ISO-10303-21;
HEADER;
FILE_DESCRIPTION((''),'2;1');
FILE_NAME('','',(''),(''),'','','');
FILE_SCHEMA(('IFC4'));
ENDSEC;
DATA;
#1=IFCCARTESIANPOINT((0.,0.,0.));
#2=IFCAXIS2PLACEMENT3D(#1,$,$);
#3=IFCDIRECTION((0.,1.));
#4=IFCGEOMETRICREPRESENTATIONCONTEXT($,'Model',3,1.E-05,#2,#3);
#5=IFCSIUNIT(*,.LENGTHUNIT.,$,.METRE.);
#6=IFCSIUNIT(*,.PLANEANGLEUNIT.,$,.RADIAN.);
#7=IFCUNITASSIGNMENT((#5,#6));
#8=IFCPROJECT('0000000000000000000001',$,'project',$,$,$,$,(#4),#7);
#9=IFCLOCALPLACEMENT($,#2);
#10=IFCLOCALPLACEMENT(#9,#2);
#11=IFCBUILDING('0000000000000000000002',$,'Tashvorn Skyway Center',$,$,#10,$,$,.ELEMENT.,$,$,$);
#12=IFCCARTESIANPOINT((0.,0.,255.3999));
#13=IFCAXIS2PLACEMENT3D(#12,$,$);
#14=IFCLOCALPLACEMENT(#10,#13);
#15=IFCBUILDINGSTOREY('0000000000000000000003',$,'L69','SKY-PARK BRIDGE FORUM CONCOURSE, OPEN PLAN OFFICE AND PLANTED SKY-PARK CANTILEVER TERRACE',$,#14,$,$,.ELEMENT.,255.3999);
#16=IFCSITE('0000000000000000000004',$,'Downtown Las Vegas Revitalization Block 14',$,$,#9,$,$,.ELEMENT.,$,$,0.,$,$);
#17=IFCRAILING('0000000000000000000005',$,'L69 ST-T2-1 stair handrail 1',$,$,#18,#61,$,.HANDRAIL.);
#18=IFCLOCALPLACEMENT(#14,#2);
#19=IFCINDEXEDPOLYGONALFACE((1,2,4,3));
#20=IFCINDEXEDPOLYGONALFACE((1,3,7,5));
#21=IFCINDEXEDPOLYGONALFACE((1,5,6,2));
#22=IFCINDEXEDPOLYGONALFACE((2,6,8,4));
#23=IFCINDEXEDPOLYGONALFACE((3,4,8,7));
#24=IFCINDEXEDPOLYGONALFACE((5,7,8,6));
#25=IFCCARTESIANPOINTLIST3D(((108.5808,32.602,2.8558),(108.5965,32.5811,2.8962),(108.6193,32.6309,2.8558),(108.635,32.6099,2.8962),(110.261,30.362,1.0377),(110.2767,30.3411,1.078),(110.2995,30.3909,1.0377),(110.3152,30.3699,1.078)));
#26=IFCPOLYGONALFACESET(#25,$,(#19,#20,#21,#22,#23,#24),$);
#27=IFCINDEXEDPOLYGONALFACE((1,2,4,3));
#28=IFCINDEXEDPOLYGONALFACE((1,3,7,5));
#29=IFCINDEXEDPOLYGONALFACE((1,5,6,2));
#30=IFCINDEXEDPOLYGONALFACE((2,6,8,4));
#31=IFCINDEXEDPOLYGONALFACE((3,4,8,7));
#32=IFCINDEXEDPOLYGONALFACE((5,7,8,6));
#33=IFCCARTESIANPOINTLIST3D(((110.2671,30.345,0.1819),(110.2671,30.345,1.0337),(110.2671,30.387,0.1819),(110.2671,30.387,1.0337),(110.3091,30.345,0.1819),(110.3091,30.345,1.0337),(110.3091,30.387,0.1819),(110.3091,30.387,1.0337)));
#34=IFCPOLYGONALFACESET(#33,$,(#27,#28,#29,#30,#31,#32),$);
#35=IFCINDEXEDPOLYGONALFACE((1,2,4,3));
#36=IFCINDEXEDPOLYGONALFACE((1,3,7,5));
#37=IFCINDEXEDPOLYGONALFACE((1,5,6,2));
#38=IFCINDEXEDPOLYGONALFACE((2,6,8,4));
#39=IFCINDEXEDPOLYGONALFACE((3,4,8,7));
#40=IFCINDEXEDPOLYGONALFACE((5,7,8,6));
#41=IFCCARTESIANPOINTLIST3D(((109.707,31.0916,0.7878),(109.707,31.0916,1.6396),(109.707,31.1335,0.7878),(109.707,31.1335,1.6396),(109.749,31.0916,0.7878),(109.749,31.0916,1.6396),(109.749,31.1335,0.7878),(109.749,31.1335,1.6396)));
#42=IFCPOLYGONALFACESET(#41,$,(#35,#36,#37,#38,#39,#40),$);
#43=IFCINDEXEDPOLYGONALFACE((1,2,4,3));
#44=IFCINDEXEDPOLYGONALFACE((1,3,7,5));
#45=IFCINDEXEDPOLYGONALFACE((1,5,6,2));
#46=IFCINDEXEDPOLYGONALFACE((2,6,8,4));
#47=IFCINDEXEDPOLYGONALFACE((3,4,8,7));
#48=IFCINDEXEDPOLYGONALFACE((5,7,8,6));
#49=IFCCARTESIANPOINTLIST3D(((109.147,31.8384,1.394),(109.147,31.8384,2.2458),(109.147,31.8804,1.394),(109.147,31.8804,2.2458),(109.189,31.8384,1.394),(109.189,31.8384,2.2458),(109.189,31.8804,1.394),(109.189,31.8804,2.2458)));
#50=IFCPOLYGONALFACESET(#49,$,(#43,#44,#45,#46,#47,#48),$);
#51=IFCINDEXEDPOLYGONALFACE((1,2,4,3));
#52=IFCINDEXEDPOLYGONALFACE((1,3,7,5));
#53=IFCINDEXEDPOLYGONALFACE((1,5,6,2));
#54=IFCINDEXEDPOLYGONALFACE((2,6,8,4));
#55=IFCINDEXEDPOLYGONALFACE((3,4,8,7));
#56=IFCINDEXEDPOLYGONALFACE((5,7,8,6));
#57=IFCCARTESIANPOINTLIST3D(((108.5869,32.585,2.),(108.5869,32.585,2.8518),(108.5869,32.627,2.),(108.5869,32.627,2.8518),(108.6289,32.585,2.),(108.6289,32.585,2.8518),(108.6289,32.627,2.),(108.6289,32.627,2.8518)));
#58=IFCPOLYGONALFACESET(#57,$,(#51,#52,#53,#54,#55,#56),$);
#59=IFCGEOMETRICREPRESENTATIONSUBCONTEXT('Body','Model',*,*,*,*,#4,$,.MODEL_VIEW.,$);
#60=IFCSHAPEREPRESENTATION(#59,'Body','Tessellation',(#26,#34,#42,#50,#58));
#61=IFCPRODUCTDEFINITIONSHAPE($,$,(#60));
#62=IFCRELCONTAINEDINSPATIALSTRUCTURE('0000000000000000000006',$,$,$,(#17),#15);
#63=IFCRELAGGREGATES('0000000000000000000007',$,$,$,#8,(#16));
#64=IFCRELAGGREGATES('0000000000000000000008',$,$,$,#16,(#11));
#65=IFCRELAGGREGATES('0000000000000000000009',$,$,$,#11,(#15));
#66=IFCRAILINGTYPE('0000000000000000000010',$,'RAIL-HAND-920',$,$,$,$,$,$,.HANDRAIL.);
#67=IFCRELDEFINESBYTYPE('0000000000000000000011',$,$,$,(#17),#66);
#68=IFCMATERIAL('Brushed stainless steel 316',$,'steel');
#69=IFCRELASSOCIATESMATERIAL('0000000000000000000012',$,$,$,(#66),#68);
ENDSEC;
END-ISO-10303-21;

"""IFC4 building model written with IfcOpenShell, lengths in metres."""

from ifc_helpers import new_model, si_unit, direction, frame, origin, origin_2d, place, context, subcontext, project, spatial, rectangle, extrude, material, type_object, element, save


model = new_model("IFC4")

# Units and contexts
model_context = context("Model", 3, precision=1e-05, world=origin(), true_north=direction((0.0, 1.0)))
body_context = subcontext(model_context, "Body", "Model", "MODEL_VIEW")
ifc_project = project(units=[si_unit("LENGTHUNIT", "METRE"), si_unit("PLANEANGLEUNIT", "RADIAN")], contexts=[model_context])

# Site, building, storey
site_placement = place(None, origin())
site = spatial("IfcSite", under=ifc_project, at=site_placement, Name="Downtown Las Vegas Revitalization Block 14", CompositionType="ELEMENT", RefElevation=0.0)
building_placement = place(site_placement, origin())
building = spatial("IfcBuilding", under=site, at=building_placement, Name="Tashvorn Skyway Center", CompositionType="ELEMENT")
storey_placement = place(building_placement, frame((0.0, 0.0, 255.3999)))
storey = spatial("IfcBuildingStorey", under=building, at=storey_placement, Name="L69", Description="SKY-PARK BRIDGE FORUM CONCOURSE, OPEN PLAN OFFICE AND PLANTED SKY-PARK CANTILEVER TERRACE", CompositionType="ELEMENT", Elevation=255.3999)

# Railing
ifc_material_1 = material(Name="Brushed stainless steel 316", Category="steel")
railing_type = type_object("IfcRailingType", Name="RAIL-HAND-920", PredefinedType="HANDRAIL", material=ifc_material_1)
railing_placement = place(storey_placement, frame((110.2881, 30.366, 0.1819)))
element("IfcRailing", 1, at=railing_placement, inside=storey, type_object=railing_type, Name="L69 ST-T2-1 stair handrail 1", PredefinedType="HANDRAIL", context=body_context, shape_type="SweptSolid", body=[
    extrude(rectangle(XDim=0.0481, YDim=0.0481, at=origin_2d()), frame((0.0, 0.0, 0.876), z_axis=(-0.503261, 0.670942, 0.544578), x_axis=(-0.799969, -0.600042, 0.0)), (0.0, 0.0, 1.0), 3.3386),
    extrude(rectangle(XDim=0.042, YDim=0.042, at=origin_2d()), origin(), (0.0, 0.0, 1.0), 0.8518),
    extrude(rectangle(XDim=0.042, YDim=0.042, at=origin_2d()), frame((-0.5601, 0.7466, 0.606)), (0.0, 0.0, 1.0), 0.8518),
    extrude(rectangle(XDim=0.042, YDim=0.042, at=origin_2d()), frame((-1.1201, 1.4934, 1.2122)), (0.0, 0.0, 1.0), 0.8518),
    extrude(rectangle(XDim=0.042, YDim=0.042, at=origin_2d()), frame((-1.6802, 2.24, 1.8181)), (0.0, 0.0, 1.0), 0.8518),
])

save(model, "model.ifc")
